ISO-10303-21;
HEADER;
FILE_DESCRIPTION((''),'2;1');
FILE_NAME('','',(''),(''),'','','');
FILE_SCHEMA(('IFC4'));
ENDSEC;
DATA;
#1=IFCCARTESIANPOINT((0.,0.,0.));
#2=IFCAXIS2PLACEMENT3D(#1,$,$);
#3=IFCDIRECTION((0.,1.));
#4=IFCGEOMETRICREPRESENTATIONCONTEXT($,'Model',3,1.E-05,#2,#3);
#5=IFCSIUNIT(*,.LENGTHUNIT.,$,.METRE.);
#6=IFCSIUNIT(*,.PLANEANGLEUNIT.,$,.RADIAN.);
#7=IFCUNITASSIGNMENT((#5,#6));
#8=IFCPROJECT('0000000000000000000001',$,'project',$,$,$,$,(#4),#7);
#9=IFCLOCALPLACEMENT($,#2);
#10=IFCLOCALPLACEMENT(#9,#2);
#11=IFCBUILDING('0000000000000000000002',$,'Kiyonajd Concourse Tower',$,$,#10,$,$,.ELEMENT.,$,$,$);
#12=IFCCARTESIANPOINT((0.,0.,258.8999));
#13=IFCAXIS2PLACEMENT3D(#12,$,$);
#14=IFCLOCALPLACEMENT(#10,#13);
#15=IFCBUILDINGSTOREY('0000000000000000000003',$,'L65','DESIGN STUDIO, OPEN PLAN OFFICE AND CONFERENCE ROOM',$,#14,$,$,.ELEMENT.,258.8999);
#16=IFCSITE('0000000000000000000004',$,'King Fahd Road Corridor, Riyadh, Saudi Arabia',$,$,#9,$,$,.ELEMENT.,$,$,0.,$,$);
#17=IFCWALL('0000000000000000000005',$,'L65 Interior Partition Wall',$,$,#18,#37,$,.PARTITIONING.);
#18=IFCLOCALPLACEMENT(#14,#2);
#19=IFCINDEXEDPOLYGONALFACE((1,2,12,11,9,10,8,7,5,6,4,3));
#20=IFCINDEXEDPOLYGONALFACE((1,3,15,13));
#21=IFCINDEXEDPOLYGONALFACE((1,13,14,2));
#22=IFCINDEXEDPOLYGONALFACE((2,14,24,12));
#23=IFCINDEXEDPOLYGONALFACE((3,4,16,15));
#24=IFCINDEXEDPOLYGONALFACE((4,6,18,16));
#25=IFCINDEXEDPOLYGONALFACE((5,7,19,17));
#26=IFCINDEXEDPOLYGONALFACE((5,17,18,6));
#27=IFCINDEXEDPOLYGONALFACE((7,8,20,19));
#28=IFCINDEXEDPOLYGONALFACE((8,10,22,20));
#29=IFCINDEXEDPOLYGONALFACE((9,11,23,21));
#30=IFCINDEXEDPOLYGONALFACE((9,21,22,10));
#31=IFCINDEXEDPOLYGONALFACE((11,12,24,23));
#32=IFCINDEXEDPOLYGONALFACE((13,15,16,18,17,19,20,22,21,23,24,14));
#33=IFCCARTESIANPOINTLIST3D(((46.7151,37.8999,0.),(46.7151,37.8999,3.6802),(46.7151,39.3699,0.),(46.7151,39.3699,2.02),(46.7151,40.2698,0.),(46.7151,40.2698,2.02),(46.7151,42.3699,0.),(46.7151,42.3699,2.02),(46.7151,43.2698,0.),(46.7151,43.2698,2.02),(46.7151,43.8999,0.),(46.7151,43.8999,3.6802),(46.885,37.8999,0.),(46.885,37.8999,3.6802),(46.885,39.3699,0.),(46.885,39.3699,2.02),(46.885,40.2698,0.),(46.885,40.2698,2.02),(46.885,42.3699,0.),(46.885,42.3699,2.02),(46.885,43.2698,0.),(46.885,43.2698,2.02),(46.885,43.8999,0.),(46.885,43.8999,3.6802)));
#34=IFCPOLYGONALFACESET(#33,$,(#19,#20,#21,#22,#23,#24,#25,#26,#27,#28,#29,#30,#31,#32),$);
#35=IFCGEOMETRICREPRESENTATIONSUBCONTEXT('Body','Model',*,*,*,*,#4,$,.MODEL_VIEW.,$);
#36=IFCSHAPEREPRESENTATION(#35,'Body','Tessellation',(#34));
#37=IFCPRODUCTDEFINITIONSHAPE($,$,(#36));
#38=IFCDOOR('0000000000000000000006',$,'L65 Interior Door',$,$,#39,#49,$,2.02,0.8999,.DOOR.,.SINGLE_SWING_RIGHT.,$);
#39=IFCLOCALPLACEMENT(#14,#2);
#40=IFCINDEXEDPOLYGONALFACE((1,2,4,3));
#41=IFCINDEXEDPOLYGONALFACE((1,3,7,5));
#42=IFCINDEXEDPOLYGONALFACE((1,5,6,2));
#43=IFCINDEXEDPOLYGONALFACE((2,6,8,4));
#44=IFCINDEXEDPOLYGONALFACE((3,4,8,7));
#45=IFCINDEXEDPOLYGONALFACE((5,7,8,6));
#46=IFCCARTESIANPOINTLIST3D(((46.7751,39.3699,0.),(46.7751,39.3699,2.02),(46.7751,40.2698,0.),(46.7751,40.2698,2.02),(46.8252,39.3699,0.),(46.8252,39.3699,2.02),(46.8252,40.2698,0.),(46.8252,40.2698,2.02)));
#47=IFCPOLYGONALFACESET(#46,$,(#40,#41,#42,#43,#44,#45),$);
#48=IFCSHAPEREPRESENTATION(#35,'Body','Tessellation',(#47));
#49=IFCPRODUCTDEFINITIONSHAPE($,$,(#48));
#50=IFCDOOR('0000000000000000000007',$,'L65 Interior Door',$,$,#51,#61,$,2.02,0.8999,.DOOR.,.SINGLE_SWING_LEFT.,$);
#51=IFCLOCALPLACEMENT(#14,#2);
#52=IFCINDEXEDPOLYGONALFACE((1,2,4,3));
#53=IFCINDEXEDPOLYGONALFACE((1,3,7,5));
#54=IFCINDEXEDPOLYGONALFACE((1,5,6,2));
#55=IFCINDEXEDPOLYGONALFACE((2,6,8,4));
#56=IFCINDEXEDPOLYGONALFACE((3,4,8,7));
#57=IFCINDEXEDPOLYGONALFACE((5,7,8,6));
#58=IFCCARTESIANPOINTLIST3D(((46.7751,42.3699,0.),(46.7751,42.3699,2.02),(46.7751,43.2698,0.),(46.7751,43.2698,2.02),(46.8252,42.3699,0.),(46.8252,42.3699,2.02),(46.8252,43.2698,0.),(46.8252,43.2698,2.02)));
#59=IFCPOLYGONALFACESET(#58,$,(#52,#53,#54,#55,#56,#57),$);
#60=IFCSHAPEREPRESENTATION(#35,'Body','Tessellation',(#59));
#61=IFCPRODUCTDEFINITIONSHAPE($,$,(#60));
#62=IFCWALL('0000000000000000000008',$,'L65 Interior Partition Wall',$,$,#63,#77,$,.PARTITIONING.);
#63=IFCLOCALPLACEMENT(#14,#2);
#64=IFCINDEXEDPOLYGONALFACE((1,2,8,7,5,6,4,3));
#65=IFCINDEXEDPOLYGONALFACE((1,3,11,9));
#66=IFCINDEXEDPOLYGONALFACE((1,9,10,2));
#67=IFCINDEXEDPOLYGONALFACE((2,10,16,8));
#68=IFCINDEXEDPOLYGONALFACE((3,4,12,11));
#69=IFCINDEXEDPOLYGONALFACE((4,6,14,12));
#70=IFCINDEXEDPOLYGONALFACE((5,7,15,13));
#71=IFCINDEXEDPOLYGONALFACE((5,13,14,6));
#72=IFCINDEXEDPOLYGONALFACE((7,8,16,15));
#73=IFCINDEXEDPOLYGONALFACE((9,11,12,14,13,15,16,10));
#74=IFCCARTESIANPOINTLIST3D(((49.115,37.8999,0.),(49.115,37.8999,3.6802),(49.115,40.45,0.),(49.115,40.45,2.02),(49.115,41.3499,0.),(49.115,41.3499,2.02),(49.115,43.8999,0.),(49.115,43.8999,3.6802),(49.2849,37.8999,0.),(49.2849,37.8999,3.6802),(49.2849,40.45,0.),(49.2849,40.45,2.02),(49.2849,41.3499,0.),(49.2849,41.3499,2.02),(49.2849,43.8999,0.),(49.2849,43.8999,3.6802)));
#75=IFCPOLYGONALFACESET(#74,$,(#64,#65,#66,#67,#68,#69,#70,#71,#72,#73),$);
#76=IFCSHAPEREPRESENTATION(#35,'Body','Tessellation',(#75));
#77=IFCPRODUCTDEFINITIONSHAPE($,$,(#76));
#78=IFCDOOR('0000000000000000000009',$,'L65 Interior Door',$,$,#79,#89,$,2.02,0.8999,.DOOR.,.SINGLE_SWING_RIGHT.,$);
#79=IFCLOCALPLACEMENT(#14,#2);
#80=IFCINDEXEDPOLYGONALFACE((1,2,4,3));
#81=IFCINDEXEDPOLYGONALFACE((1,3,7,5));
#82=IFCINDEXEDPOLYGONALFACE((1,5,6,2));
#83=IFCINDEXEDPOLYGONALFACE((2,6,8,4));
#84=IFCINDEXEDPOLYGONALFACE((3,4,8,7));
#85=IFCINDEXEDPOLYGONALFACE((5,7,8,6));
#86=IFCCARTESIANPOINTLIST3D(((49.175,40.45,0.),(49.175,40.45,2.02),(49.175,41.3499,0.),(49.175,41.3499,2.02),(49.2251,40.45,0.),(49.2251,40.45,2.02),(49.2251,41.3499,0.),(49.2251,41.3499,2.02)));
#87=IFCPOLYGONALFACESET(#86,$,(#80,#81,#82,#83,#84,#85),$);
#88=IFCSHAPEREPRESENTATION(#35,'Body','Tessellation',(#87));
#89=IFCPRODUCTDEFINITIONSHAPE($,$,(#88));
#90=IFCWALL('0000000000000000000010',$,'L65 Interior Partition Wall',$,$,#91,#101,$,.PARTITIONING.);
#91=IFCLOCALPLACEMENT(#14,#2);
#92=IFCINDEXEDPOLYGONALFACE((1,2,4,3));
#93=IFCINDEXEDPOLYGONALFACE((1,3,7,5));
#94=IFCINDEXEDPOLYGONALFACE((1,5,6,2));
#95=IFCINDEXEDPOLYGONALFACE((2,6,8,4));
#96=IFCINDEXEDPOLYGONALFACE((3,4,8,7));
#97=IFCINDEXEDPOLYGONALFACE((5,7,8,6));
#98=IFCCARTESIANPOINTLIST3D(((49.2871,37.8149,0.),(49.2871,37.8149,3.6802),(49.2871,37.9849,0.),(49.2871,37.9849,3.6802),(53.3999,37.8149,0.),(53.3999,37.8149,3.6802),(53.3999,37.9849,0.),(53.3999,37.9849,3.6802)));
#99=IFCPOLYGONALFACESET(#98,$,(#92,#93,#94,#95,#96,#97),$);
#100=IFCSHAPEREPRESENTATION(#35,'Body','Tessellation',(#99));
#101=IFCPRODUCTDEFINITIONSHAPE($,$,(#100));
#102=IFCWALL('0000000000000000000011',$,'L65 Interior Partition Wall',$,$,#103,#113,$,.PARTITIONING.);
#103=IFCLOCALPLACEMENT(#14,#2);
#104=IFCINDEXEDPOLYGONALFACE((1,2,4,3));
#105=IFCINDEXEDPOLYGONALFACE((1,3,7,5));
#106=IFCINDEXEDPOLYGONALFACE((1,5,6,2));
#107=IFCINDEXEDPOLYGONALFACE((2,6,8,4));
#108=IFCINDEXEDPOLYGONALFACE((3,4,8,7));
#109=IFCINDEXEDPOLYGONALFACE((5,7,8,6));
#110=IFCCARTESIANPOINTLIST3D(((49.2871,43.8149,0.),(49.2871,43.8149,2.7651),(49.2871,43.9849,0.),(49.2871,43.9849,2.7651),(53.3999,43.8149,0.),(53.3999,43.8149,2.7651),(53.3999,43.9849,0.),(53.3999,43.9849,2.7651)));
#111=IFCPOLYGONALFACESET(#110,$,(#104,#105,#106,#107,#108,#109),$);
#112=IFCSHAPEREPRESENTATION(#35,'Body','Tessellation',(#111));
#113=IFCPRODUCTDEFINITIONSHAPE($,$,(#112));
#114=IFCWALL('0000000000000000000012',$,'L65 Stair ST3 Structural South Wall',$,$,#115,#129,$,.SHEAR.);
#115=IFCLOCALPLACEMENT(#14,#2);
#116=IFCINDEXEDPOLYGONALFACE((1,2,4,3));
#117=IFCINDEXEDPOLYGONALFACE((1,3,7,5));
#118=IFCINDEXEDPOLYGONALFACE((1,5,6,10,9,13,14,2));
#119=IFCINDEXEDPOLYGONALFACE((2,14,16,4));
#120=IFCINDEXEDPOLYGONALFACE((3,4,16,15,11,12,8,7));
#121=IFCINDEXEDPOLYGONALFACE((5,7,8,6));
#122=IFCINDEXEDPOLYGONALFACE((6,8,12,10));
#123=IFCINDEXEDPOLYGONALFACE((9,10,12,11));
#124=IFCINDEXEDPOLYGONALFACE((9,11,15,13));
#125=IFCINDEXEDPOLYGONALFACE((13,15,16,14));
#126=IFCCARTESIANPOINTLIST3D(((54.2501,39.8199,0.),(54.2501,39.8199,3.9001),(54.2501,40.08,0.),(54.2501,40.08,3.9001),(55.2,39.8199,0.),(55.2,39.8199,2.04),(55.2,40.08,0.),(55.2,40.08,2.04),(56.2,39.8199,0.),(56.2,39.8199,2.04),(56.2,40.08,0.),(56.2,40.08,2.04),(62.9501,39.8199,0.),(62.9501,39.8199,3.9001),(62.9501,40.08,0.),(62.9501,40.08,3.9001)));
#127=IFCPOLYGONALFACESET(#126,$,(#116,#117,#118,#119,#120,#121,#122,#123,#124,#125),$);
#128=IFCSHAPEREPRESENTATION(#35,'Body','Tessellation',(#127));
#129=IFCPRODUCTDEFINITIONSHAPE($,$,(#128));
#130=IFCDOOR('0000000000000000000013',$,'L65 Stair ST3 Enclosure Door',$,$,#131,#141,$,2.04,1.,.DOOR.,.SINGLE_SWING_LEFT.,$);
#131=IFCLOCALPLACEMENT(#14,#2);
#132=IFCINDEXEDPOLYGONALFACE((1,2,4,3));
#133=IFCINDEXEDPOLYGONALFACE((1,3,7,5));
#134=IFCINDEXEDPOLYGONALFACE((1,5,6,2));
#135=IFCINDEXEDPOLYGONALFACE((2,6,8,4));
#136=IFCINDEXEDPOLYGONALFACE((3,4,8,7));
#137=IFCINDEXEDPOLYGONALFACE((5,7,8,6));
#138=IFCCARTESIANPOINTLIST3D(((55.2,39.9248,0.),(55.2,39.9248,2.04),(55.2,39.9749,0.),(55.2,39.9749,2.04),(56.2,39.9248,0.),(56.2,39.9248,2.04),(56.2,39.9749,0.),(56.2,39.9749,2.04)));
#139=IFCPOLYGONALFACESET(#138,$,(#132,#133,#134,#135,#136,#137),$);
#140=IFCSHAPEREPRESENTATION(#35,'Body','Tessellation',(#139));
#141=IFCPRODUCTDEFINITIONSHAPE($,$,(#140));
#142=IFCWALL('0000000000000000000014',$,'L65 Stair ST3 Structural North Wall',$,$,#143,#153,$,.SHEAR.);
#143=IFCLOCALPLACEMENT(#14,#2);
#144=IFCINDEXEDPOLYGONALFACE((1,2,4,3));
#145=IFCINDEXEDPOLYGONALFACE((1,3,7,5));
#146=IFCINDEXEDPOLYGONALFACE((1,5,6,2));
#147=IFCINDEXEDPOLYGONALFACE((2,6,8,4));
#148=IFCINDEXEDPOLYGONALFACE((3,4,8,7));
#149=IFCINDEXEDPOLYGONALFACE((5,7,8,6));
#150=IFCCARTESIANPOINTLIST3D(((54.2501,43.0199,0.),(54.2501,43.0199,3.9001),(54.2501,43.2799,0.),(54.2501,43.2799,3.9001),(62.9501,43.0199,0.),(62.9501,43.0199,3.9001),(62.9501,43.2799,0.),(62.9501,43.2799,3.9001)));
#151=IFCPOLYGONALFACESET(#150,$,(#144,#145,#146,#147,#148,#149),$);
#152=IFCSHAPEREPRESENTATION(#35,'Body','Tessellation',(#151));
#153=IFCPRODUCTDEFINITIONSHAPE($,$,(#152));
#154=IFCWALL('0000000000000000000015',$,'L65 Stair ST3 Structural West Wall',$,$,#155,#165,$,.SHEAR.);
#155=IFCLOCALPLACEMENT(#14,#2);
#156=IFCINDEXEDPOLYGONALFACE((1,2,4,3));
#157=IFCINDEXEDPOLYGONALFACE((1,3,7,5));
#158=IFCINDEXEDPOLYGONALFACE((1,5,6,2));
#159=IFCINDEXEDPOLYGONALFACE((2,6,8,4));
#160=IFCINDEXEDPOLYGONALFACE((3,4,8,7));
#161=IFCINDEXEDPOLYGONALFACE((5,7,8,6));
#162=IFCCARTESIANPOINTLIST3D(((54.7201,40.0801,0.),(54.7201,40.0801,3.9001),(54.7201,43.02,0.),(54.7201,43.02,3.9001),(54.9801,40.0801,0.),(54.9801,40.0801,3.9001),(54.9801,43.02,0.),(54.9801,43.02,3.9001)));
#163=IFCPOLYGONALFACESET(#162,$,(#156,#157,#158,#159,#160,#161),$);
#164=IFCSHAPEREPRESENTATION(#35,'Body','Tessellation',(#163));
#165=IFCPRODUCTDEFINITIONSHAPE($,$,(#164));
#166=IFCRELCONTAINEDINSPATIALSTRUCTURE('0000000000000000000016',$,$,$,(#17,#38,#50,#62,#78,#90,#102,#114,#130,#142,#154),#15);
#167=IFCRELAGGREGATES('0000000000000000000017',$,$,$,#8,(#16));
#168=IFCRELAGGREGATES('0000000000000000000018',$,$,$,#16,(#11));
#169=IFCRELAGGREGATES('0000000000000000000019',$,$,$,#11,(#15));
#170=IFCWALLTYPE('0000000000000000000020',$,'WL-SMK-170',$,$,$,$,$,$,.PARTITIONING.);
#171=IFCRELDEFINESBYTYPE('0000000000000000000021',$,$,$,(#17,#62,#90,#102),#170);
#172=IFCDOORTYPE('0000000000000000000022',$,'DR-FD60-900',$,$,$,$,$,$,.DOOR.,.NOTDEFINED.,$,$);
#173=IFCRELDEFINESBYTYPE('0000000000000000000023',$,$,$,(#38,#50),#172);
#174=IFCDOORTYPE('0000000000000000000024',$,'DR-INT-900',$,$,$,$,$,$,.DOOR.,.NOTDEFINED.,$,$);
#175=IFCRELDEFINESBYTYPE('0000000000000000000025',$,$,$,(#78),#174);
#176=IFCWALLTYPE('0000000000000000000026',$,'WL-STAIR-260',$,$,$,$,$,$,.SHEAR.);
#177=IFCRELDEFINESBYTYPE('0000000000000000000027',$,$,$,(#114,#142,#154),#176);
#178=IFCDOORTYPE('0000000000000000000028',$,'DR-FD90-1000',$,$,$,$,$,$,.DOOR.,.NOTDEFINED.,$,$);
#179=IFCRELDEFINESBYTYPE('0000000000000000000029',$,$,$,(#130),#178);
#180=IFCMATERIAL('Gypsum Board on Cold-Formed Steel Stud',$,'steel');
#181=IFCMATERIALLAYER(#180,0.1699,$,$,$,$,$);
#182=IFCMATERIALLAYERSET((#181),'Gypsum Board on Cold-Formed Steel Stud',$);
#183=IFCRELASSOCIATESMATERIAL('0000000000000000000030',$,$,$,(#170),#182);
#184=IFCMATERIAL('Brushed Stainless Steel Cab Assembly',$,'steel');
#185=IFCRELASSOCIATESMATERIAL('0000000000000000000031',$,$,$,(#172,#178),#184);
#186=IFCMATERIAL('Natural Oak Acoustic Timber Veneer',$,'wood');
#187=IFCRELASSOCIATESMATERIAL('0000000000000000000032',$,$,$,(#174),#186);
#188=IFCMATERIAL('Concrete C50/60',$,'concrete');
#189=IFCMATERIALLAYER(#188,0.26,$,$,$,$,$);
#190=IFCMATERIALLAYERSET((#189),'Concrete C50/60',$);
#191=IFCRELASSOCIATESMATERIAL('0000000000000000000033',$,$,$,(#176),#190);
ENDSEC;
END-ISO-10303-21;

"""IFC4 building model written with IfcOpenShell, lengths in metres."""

from ifc_helpers import new_model, si_unit, direction, frame, frame_2d, origin, place, context, subcontext, project, spatial, rectangle, extrude, material, layer, layer_set, type_object, element, fill, save


model = new_model("IFC4")

# Units and contexts
model_context = context("Model", 3, precision=1e-05, world=origin(), true_north=direction((0.0, 1.0)))
body_context = subcontext(model_context, "Body", "Model", "MODEL_VIEW")
ifc_project = project(units=[si_unit("LENGTHUNIT", "METRE"), si_unit("PLANEANGLEUNIT", "RADIAN")], contexts=[model_context])

# Site, building, storey
site_placement = place(None, origin())
site = spatial("IfcSite", under=ifc_project, at=site_placement, Name="King Fahd Road Corridor, Riyadh, Saudi Arabia", CompositionType="ELEMENT", RefElevation=0.0)
building_placement = place(site_placement, origin())
building = spatial("IfcBuilding", under=site, at=building_placement, Name="Kiyonajd Concourse Tower", CompositionType="ELEMENT")
storey_placement = place(building_placement, frame((0.0, 0.0, 258.8999)))
storey = spatial("IfcBuildingStorey", under=building, at=storey_placement, Name="L65", Description="DESIGN STUDIO, OPEN PLAN OFFICE AND CONFERENCE ROOM", CompositionType="ELEMENT", Elevation=258.8999)

# Shared definitions
ifc_material_1 = material(Name="Concrete C50/60", Category="concrete")

# Shared definitions
ifc_material_2 = material(Name="Gypsum Board on Cold-Formed Steel Stud", Category="steel")

# Wall, openings, doors
ifc_layer_1 = layer(ifc_material_2, 0.1699)
ifc_layer_set_1 = layer_set([ifc_layer_1], Name="Gypsum Board on Cold-Formed Steel Stud")
wall_type_1 = type_object("IfcWallType", Name="WL-SMK-170", PredefinedType="PARTITIONING", material=ifc_layer_set_1)
wall_1_placement = place(storey_placement, frame((46.8, 37.8999, 0.0), z_axis=(0.0, 0.0, 1.0), x_axis=(0.0, 1.0, 0.0)))
wall_1 = element("IfcWall", 1, at=wall_1_placement, inside=storey, type_object=wall_type_1, Name="L65 Interior Partition Wall", PredefinedType="PARTITIONING", context=body_context, shape_type="SweptSolid", body=[
    extrude(rectangle(XDim=6.0, YDim=0.1699, at=frame_2d((3.0, 0.0))), origin(), (0.0, 0.0, 1.0), 3.6802),
])
opening_1_placement = place(wall_1_placement, frame((1.47, 0.0, 0.0)))
opening_1 = element("IfcOpeningElement", 2, at=opening_1_placement, cuts=wall_1, PredefinedType="OPENING", context=body_context, shape_type="SweptSolid", body=[
    extrude(rectangle(XDim=0.8999, YDim=2.02, at=frame_2d((0.45, 1.01))), frame((0.0, 0.095, 0.0), z_axis=(0.0, -1.0, 0.0), x_axis=(1.0, 0.0, 0.0)), (0.0, 0.0, 1.0), 0.1899),
])
opening_2_placement = place(wall_1_placement, frame((4.47, 0.0, 0.0)))
opening_2 = element("IfcOpeningElement", 3, at=opening_2_placement, cuts=wall_1, PredefinedType="OPENING", context=body_context, shape_type="SweptSolid", body=[
    extrude(rectangle(XDim=0.8999, YDim=2.02, at=frame_2d((0.45, 1.01))), frame((0.0, 0.095, 0.0), z_axis=(0.0, -1.0, 0.0), x_axis=(1.0, 0.0, 0.0)), (0.0, 0.0, 1.0), 0.1899),
])
ifc_material_3 = material(Name="Brushed Stainless Steel Cab Assembly", Category="steel")
door_type_1 = type_object("IfcDoorType", Name="DR-FD60-900", OperationType="NOTDEFINED", PredefinedType="DOOR", material=ifc_material_3)
door_1_placement = place(opening_1_placement, origin())
door_1 = element("IfcDoor", 4, at=door_1_placement, inside=storey, type_object=door_type_1, Name="L65 Interior Door", OperationType="SINGLE_SWING_RIGHT", OverallHeight=2.02, OverallWidth=0.8999, PredefinedType="DOOR", context=body_context, shape_type="SweptSolid", body=[
    extrude(rectangle(XDim=0.8999, YDim=2.02, at=frame_2d((0.45, 1.01))), frame((0.0, 0.0249, 0.0), z_axis=(0.0, -1.0, 0.0), x_axis=(1.0, 0.0, 0.0)), (0.0, 0.0, 1.0), 0.05),
])
fill(opening_1, door_1)
door_2_placement = place(opening_2_placement, origin())
door_2 = element("IfcDoor", 5, at=door_2_placement, inside=storey, type_object=door_type_1, Name="L65 Interior Door", OperationType="SINGLE_SWING_LEFT", OverallHeight=2.02, OverallWidth=0.8999, PredefinedType="DOOR", context=body_context, shape_type="SweptSolid", body=[
    extrude(rectangle(XDim=0.8999, YDim=2.02, at=frame_2d((0.45, 1.01))), frame((0.0, 0.0249, 0.0), z_axis=(0.0, -1.0, 0.0), x_axis=(1.0, 0.0, 0.0)), (0.0, 0.0, 1.0), 0.05),
])
fill(opening_2, door_2)

# Wall, opening, door
wall_2_placement = place(storey_placement, frame((49.2, 37.8999, 0.0), z_axis=(0.0, 0.0, 1.0), x_axis=(0.0, 1.0, 0.0)))
wall_2 = element("IfcWall", 6, at=wall_2_placement, inside=storey, type_object=wall_type_1, Name="L65 Interior Partition Wall", PredefinedType="PARTITIONING", context=body_context, shape_type="SweptSolid", body=[
    extrude(rectangle(XDim=6.0, YDim=0.1699, at=frame_2d((3.0, 0.0))), origin(), (0.0, 0.0, 1.0), 3.6802),
])
opening_3_placement = place(wall_2_placement, frame((2.55, 0.0, 0.0)))
opening_3 = element("IfcOpeningElement", 7, at=opening_3_placement, cuts=wall_2, PredefinedType="OPENING", context=body_context, shape_type="SweptSolid", body=[
    extrude(rectangle(XDim=0.8999, YDim=2.02, at=frame_2d((0.45, 1.01))), frame((0.0, 0.095, 0.0), z_axis=(0.0, -1.0, 0.0), x_axis=(1.0, 0.0, 0.0)), (0.0, 0.0, 1.0), 0.1899),
])
ifc_material_4 = material(Name="Natural Oak Acoustic Timber Veneer", Category="wood")
door_type_2 = type_object("IfcDoorType", Name="DR-INT-900", OperationType="NOTDEFINED", PredefinedType="DOOR", material=ifc_material_4)
door_3_placement = place(opening_3_placement, origin())
door_3 = element("IfcDoor", 8, at=door_3_placement, inside=storey, type_object=door_type_2, Name="L65 Interior Door", OperationType="SINGLE_SWING_RIGHT", OverallHeight=2.02, OverallWidth=0.8999, PredefinedType="DOOR", context=body_context, shape_type="SweptSolid", body=[
    extrude(rectangle(XDim=0.8999, YDim=2.02, at=frame_2d((0.45, 1.01))), frame((0.0, 0.0249, 0.0), z_axis=(0.0, -1.0, 0.0), x_axis=(1.0, 0.0, 0.0)), (0.0, 0.0, 1.0), 0.05),
])
fill(opening_3, door_3)

# Walls
wall_3_placement = place(storey_placement, frame((49.2871, 37.8999, 0.0), z_axis=(0.0, 0.0, 1.0), x_axis=(1.0, 0.0, 0.0)))
element("IfcWall", 9, at=wall_3_placement, inside=storey, type_object=wall_type_1, Name="L65 Interior Partition Wall", PredefinedType="PARTITIONING", context=body_context, shape_type="SweptSolid", body=[
    extrude(rectangle(XDim=4.1128, YDim=0.1699, at=frame_2d((2.0564, 0.0))), origin(), (0.0, 0.0, 1.0), 3.6802),
])
wall_4_placement = place(storey_placement, frame((49.2871, 43.8999, 0.0), z_axis=(0.0, 0.0, 1.0), x_axis=(1.0, 0.0, 0.0)))
element("IfcWall", 10, at=wall_4_placement, inside=storey, type_object=wall_type_1, Name="L65 Interior Partition Wall", PredefinedType="PARTITIONING", context=body_context, shape_type="SweptSolid", body=[
    extrude(rectangle(XDim=4.1128, YDim=0.1699, at=frame_2d((2.0564, 0.0))), origin(), (0.0, 0.0, 1.0), 2.7651),
])

# Wall, opening, door
ifc_layer_2 = layer(ifc_material_1, 0.26)
ifc_layer_set_2 = layer_set([ifc_layer_2], Name="Concrete C50/60")
wall_type_2 = type_object("IfcWallType", Name="WL-STAIR-260", PredefinedType="SHEAR", material=ifc_layer_set_2)
wall_5_placement = place(storey_placement, frame((54.25, 39.95, 0.0), z_axis=(0.0, 0.0, 1.0), x_axis=(1.0, 0.0, 0.0)))
wall_5 = element("IfcWall", 11, at=wall_5_placement, inside=storey, type_object=wall_type_2, Name="L65 Stair ST3 Structural South Wall", PredefinedType="SHEAR", context=body_context, shape_type="SweptSolid", body=[
    extrude(rectangle(XDim=8.7, YDim=0.26, at=frame_2d((4.3501, 0.0))), origin(), (0.0, 0.0, 1.0), 3.9001),
])
opening_4_placement = place(wall_5_placement, frame((0.95, 0.0, 0.0)))
opening_4 = element("IfcOpeningElement", 12, at=opening_4_placement, cuts=wall_5, PredefinedType="OPENING", context=body_context, shape_type="SweptSolid", body=[
    extrude(rectangle(XDim=1.0, YDim=2.04, at=frame_2d((0.5, 1.02))), frame((0.0, 0.1399, 0.0), z_axis=(0.0, -1.0, 0.0), x_axis=(1.0, 0.0, 0.0)), (0.0, 0.0, 1.0), 0.28),
])
door_type_3 = type_object("IfcDoorType", Name="DR-FD90-1000", OperationType="NOTDEFINED", PredefinedType="DOOR", material=ifc_material_3)
door_4_placement = place(opening_4_placement, origin())
door_4 = element("IfcDoor", 13, at=door_4_placement, inside=storey, type_object=door_type_3, Name="L65 Stair ST3 Enclosure Door", OperationType="SINGLE_SWING_LEFT", OverallHeight=2.04, OverallWidth=1.0, PredefinedType="DOOR", context=body_context, shape_type="SweptSolid", body=[
    extrude(rectangle(XDim=1.0, YDim=2.04, at=frame_2d((0.5, 1.02))), frame((0.0, 0.0249, 0.0), z_axis=(0.0, -1.0, 0.0), x_axis=(1.0, 0.0, 0.0)), (0.0, 0.0, 1.0), 0.05),
])
fill(opening_4, door_4)

# Walls
wall_6_placement = place(storey_placement, frame((54.25, 43.1499, 0.0), z_axis=(0.0, 0.0, 1.0), x_axis=(1.0, 0.0, 0.0)))
element("IfcWall", 14, at=wall_6_placement, inside=storey, type_object=wall_type_2, Name="L65 Stair ST3 Structural North Wall", PredefinedType="SHEAR", context=body_context, shape_type="SweptSolid", body=[
    extrude(rectangle(XDim=8.7, YDim=0.26, at=frame_2d((4.3501, 0.0))), origin(), (0.0, 0.0, 1.0), 3.9001),
])
wall_7_placement = place(storey_placement, frame((54.8501, 40.0801, 0.0), z_axis=(0.0, 0.0, 1.0), x_axis=(0.0, 1.0, 0.0)))
element("IfcWall", 15, at=wall_7_placement, inside=storey, type_object=wall_type_2, Name="L65 Stair ST3 Structural West Wall", PredefinedType="SHEAR", context=body_context, shape_type="SweptSolid", body=[
    extrude(rectangle(XDim=2.9399, YDim=0.26, at=frame_2d((1.47, 0.0))), origin(), (0.0, 0.0, 1.0), 3.9001),
])

save(model, "model.ifc")
